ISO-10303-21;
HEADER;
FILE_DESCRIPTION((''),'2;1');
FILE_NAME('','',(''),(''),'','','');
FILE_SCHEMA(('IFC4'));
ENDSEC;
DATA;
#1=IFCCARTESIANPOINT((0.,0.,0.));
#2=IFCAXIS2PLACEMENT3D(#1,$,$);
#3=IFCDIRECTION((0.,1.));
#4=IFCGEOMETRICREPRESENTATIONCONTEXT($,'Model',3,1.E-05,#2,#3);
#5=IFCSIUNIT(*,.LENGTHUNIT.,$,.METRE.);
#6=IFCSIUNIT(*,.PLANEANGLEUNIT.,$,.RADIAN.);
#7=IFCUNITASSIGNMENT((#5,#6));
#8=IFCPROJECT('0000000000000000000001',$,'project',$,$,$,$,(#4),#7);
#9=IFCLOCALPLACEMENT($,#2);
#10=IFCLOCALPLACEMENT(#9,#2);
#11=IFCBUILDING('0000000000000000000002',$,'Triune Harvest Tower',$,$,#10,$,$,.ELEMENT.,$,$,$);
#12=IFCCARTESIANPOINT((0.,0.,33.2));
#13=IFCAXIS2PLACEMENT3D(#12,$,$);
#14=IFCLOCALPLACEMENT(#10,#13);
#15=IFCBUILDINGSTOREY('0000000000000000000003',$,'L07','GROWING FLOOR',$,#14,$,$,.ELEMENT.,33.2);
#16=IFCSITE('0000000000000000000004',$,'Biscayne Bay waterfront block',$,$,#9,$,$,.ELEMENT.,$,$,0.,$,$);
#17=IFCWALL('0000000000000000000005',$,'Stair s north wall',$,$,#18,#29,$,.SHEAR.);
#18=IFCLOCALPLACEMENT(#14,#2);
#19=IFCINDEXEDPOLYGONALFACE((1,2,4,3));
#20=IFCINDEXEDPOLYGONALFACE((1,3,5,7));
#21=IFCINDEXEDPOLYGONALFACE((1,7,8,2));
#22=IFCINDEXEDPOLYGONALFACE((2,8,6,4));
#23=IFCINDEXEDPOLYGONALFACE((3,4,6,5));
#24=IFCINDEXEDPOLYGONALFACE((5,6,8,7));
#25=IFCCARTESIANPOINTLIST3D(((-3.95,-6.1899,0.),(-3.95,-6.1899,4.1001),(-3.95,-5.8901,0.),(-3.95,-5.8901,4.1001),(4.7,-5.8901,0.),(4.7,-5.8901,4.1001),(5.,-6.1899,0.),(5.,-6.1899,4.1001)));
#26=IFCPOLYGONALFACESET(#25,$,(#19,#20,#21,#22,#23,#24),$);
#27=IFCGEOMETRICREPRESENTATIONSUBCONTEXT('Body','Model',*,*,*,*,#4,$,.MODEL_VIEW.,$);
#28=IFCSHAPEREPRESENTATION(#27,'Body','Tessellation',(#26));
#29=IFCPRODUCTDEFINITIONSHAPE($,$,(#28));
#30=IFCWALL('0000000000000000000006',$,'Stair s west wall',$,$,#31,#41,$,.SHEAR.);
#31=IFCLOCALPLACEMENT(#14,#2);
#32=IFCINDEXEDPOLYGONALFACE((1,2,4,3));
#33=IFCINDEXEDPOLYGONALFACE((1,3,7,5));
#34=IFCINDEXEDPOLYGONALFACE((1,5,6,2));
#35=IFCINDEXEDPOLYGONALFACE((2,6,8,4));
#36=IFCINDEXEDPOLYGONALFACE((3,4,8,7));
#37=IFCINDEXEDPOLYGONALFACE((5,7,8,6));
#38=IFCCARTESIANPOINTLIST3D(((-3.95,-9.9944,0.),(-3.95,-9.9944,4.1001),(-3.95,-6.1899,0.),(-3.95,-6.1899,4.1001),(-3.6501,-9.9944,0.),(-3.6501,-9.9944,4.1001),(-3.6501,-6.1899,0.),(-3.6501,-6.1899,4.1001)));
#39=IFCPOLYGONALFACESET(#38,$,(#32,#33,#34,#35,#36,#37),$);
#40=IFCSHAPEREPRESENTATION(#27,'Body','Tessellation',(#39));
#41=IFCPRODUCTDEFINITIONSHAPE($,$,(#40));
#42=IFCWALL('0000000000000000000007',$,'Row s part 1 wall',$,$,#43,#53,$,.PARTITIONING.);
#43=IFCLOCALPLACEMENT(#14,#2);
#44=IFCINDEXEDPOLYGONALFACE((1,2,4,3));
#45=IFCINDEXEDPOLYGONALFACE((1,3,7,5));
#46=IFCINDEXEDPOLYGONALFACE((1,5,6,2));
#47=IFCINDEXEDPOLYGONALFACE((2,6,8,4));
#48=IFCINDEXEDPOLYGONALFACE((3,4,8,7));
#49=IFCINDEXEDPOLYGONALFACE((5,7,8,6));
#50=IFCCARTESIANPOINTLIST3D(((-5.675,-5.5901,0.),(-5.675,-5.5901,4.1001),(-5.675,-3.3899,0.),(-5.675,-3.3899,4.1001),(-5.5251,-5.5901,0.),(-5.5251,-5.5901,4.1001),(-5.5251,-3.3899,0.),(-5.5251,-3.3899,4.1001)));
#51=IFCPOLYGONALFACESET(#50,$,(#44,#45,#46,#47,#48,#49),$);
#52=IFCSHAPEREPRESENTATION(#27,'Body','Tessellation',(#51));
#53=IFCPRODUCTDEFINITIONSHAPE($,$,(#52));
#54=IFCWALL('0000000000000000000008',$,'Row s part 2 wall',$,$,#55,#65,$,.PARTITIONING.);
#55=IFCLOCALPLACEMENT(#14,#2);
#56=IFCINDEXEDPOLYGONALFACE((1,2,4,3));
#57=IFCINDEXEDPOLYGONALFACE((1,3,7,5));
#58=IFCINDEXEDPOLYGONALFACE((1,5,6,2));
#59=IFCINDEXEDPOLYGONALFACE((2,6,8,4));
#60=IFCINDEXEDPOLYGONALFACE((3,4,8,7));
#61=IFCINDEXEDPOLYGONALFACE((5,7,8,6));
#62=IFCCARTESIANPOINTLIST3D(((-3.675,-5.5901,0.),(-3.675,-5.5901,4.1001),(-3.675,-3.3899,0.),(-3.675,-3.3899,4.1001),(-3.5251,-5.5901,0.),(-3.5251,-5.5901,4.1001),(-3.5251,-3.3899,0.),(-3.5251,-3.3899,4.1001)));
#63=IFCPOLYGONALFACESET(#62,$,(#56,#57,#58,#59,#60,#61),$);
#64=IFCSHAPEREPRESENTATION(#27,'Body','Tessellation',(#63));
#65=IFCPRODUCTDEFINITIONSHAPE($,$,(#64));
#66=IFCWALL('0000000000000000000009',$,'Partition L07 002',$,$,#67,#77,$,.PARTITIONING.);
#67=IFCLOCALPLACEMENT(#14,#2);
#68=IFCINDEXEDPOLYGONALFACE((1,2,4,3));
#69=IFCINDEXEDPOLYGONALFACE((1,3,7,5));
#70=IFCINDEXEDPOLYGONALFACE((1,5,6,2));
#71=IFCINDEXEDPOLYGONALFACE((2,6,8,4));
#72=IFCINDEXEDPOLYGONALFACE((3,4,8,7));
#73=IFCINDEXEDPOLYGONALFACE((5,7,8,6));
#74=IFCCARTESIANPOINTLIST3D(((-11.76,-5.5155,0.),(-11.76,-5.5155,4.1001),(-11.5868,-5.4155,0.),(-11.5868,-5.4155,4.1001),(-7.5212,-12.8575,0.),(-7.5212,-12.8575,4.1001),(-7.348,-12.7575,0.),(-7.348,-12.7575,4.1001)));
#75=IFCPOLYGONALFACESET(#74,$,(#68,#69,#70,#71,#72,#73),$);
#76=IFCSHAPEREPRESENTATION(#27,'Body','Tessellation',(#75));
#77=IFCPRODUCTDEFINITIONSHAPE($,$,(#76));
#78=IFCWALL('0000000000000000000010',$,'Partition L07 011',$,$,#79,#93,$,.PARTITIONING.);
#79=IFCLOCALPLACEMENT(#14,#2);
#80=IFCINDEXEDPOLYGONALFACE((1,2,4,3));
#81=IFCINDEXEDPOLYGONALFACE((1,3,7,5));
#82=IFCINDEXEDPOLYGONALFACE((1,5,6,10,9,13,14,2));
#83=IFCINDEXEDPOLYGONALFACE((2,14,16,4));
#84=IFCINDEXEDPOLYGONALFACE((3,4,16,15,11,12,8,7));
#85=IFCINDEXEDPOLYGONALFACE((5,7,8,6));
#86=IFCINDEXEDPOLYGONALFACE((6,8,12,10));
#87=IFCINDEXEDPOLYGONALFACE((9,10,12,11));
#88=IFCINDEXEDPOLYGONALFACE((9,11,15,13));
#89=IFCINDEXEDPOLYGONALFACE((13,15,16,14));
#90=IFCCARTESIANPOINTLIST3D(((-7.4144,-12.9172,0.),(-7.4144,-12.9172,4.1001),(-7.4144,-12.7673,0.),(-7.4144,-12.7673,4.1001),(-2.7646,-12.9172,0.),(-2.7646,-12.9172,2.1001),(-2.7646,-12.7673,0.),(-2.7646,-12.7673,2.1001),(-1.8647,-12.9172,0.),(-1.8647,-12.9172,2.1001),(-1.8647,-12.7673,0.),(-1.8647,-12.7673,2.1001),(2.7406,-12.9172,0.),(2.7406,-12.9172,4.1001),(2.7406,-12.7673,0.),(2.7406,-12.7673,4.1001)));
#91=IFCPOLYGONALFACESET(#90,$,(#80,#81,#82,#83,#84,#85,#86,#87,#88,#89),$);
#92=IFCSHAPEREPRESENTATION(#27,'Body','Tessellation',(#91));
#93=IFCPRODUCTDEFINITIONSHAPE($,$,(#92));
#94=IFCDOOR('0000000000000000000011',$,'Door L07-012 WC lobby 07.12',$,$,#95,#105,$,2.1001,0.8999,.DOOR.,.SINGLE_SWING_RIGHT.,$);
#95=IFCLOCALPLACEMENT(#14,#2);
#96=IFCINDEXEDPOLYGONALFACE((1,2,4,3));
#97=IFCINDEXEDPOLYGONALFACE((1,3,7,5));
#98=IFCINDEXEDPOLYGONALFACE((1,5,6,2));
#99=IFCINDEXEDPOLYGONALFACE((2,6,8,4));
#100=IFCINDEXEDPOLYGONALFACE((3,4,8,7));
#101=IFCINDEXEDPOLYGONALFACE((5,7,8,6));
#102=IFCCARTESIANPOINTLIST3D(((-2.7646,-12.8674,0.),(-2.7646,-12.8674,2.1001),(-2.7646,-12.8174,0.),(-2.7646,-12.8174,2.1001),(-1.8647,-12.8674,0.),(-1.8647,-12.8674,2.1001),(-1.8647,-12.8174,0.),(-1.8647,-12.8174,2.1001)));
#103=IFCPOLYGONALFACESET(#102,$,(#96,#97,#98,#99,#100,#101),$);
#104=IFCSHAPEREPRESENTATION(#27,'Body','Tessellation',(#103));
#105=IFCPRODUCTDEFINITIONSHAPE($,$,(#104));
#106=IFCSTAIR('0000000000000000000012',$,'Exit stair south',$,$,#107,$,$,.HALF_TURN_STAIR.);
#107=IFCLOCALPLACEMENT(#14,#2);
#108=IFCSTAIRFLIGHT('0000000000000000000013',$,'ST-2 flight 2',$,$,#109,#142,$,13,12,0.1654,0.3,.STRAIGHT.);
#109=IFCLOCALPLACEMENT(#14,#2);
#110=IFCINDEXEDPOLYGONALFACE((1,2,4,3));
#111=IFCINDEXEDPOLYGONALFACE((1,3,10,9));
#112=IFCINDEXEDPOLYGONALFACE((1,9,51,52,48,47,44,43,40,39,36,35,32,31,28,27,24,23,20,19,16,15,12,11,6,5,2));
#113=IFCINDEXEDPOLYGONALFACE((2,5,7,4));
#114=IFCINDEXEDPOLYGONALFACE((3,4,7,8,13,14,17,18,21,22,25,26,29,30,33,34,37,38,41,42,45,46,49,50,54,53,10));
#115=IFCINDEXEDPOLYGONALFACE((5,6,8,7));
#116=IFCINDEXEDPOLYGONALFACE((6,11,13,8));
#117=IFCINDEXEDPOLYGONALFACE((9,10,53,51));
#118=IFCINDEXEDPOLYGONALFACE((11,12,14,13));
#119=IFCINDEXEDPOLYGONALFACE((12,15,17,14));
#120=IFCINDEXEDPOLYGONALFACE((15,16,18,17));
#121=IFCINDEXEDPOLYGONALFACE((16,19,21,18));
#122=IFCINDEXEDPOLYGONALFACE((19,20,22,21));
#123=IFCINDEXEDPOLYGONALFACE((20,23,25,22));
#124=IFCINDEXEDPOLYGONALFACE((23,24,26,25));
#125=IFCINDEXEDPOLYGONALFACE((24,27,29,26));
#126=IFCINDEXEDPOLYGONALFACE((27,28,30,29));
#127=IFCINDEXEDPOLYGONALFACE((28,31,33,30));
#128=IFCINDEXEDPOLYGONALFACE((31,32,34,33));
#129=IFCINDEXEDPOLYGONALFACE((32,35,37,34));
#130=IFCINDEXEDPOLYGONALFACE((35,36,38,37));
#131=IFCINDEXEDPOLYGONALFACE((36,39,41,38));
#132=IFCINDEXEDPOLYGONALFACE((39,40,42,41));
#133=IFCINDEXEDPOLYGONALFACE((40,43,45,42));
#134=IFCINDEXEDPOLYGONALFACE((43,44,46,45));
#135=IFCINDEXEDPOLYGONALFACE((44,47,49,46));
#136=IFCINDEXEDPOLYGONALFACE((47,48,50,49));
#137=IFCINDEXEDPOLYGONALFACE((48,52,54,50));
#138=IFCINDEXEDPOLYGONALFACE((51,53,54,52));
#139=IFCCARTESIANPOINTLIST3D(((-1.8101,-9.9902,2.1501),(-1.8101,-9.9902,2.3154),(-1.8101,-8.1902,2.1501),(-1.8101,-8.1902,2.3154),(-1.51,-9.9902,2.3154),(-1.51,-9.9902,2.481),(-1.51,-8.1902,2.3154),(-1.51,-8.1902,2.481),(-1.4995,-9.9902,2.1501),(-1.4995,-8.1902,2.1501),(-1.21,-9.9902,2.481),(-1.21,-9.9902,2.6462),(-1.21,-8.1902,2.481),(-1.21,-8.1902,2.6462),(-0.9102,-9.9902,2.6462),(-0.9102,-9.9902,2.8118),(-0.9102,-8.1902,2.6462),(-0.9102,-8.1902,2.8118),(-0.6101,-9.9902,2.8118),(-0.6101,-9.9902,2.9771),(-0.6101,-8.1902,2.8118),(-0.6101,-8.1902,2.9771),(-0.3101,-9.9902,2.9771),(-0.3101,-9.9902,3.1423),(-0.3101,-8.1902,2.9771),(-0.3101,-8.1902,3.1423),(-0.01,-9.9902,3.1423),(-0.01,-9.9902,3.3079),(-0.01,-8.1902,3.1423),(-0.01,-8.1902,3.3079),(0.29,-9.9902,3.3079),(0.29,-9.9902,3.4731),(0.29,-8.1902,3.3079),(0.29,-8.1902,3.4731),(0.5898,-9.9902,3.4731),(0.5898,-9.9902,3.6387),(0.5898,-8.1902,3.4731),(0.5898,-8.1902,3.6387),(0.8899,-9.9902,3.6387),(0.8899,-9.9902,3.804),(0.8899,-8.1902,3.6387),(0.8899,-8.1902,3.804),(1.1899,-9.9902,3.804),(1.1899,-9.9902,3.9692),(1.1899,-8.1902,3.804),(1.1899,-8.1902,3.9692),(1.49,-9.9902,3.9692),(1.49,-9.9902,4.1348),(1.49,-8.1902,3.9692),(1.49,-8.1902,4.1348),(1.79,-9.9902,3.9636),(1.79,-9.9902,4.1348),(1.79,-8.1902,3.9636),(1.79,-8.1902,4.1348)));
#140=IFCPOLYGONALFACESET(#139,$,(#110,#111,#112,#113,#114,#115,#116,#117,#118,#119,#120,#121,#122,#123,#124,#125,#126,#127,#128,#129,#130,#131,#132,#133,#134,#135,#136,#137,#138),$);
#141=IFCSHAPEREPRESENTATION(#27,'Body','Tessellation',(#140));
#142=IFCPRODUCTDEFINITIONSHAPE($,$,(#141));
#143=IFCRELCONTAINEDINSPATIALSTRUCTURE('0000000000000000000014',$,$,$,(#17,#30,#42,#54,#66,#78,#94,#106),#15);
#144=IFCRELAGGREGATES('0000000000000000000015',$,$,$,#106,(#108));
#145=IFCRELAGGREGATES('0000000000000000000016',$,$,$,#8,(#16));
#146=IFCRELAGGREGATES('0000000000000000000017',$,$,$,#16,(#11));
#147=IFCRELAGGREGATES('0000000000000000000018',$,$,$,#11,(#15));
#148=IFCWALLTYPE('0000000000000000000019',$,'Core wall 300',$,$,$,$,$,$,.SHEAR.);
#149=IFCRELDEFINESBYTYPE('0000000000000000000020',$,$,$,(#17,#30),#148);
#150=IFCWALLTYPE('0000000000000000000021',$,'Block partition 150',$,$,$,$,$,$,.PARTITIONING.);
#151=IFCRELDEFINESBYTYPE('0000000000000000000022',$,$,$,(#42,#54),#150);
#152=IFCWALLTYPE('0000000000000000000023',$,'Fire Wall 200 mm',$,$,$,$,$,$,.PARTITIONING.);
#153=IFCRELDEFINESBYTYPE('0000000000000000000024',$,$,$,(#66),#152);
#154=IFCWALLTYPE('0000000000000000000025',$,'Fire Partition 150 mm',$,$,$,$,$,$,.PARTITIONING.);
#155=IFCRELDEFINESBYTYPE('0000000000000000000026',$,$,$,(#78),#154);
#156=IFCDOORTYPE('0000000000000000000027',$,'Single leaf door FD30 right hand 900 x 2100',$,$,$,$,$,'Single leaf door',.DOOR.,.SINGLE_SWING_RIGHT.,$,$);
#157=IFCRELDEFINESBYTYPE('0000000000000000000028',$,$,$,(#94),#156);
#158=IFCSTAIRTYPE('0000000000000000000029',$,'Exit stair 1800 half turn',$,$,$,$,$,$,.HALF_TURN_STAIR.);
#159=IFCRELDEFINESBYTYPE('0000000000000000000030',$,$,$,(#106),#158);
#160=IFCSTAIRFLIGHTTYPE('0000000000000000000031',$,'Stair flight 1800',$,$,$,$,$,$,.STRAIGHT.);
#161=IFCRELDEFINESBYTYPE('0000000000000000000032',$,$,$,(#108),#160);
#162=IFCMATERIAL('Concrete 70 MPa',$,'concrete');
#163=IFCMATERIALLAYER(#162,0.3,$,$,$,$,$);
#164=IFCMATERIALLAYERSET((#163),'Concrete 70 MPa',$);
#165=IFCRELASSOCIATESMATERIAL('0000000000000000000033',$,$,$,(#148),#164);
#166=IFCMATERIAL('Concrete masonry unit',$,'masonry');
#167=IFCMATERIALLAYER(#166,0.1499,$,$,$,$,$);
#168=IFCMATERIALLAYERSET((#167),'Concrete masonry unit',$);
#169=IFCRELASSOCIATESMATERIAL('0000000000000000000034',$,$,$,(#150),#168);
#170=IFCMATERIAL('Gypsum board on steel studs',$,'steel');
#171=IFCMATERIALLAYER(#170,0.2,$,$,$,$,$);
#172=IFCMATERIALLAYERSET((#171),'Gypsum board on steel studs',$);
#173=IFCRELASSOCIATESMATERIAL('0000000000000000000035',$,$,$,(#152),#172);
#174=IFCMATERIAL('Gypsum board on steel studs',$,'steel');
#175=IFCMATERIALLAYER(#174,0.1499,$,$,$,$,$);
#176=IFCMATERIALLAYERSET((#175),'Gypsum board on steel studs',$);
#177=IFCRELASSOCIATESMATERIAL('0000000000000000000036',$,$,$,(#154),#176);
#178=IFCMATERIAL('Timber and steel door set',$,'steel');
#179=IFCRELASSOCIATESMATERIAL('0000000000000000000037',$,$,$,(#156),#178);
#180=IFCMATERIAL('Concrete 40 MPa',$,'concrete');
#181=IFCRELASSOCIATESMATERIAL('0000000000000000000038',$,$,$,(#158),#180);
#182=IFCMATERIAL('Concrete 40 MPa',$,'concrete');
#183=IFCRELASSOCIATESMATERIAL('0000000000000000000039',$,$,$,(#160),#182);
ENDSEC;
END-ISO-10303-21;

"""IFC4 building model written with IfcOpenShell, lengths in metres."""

from ifc_helpers import new_model, si_unit, direction, frame, frame_2d, origin, place, context, subcontext, project, spatial, polyline, rectangle, outline, extrude, source, transform, mapped, material, layer, layer_set, type_object, element, fill, aggregate, save


model = new_model("IFC4")

# Units and contexts
model_context = context("Model", 3, precision=1e-05, world=origin(), true_north=direction((0.0, 1.0)))
body_context = subcontext(model_context, "Body", "Model", "MODEL_VIEW")
ifc_project = project(units=[si_unit("LENGTHUNIT", "METRE"), si_unit("PLANEANGLEUNIT", "RADIAN")], contexts=[model_context])

# Site, building, storey
site_placement = place(None, origin())
site = spatial("IfcSite", under=ifc_project, at=site_placement, Name="Biscayne Bay waterfront block", CompositionType="ELEMENT", RefElevation=0.0)
building_placement = place(site_placement, origin())
building = spatial("IfcBuilding", under=site, at=building_placement, Name="Triune Harvest Tower", CompositionType="ELEMENT")
storey_placement = place(building_placement, frame((0.0, 0.0, 33.2)))
storey = spatial("IfcBuildingStorey", under=building, at=storey_placement, Name="L07", Description="GROWING FLOOR", CompositionType="ELEMENT", Elevation=33.2)

# Shared definitions
ifc_material_1 = material(Name="Concrete 70 MPa", Category="concrete")
ifc_layer_1 = layer(ifc_material_1, 0.3)
ifc_layer_set_1 = layer_set([ifc_layer_1], Name="Concrete 70 MPa")
wall_type_1 = type_object("IfcWallType", Name="Core wall 300", PredefinedType="SHEAR", material=ifc_layer_set_1)

# Walls
shared_shape_1 = source(origin(), body_context, "Body", "SweptSolid", [
    extrude(outline(polyline([(0.0, -0.1499), (8.95, -0.1499), (8.6499, 0.1499), (0.0, 0.1499), (0.0, -0.1499)])), origin(), (0.0, 0.0, 1.0), 4.1001),
])
wall_1_placement = place(storey_placement, frame((-3.95, -6.04, 0.0), z_axis=(0.0, 0.0, 1.0), x_axis=(1.0, 0.0, 0.0)))
element("IfcWall", 1, at=wall_1_placement, inside=storey, type_object=wall_type_1, Name="Stair s north wall", PredefinedType="SHEAR", context=body_context, shape_type="MappedRepresentation", body=[
    mapped(shared_shape_1, transform((0.0, 0.0, 0.0), scale=1.0)),
])
shared_shape_2 = source(origin(), body_context, "Body", "SweptSolid", [
    extrude(outline(polyline([(3.8, -0.1499), (-0.0044, -0.1499), (-0.0044, 0.1499), (3.8, 0.1499), (3.8, -0.1499)])), origin(), (0.0, 0.0, 1.0), 4.1001),
])
wall_2_placement = place(storey_placement, frame((-3.8, -9.99, 0.0), z_axis=(0.0, 0.0, 1.0), x_axis=(0.0, 1.0, 0.0)))
element("IfcWall", 2, at=wall_2_placement, inside=storey, type_object=wall_type_1, Name="Stair s west wall", PredefinedType="SHEAR", context=body_context, shape_type="MappedRepresentation", body=[
    mapped(shared_shape_2, transform((0.0, 0.0, 0.0), scale=1.0)),
])
ifc_material_2 = material(Name="Concrete masonry unit", Category="masonry")
ifc_layer_2 = layer(ifc_material_2, 0.1499)
ifc_layer_set_2 = layer_set([ifc_layer_2], Name="Concrete masonry unit")
wall_type_2 = type_object("IfcWallType", Name="Block partition 150", PredefinedType="PARTITIONING", material=ifc_layer_set_2)
shared_shape_3 = source(origin(), body_context, "Body", "SweptSolid", [
    extrude(rectangle(XDim=2.2002, YDim=0.1499, at=frame_2d((1.1001, 0.0))), origin(), (0.0, 0.0, 1.0), 4.1001),
])
for number, where, z_axis, x_axis, name in (
    (3, (-5.6001, -5.5901, 0.0), (0.0, 0.0, 1.0), (0.0, 1.0, 0.0), "Row s part 1 wall"),
    (4, (-3.6001, -5.5901, 0.0), (0.0, 0.0, 1.0), (0.0, 1.0, 0.0), "Row s part 2 wall"),
):
    element("IfcWall", number, at=place(storey_placement, frame(where, z_axis=z_axis, x_axis=x_axis)), inside=storey, type_object=wall_type_2, Name=name, PredefinedType="PARTITIONING", context=body_context, shape_type="MappedRepresentation", body=[
        mapped(shared_shape_3, transform((0.0, 0.0, 0.0), scale=1.0)),
    ])
ifc_material_3 = material(Name="Gypsum board on steel studs", Category="steel")
ifc_layer_3 = layer(ifc_material_3, 0.2)
ifc_layer_set_3 = layer_set([ifc_layer_3], Name="Gypsum board on steel studs")
wall_type_3 = type_object("IfcWallType", Name="Fire Wall 200 mm", PredefinedType="PARTITIONING", material=ifc_layer_set_3)
shared_shape_4 = source(origin(), body_context, "Body", "SweptSolid", [
    extrude(rectangle(XDim=8.4778, YDim=0.2, at=frame_2d((4.2388, 0.0))), origin(), (0.0, 0.0, 1.0), 4.1001),
])
wall_3_placement = place(storey_placement, frame((-11.6733, -5.4656, 0.0), z_axis=(0.0, 0.0, 1.0), x_axis=(0.499986, -0.866034, 0.0)))
element("IfcWall", 5, at=wall_3_placement, inside=storey, type_object=wall_type_3, Name="Partition L07 002", PredefinedType="PARTITIONING", context=body_context, shape_type="MappedRepresentation", body=[
    mapped(shared_shape_4, transform((0.0, 0.0, 0.0), scale=1.0)),
])

# Wall, opening, door
ifc_material_4 = material(Name="Gypsum board on steel studs", Category="steel")
ifc_layer_4 = layer(ifc_material_4, 0.1499)
ifc_layer_set_4 = layer_set([ifc_layer_4], Name="Gypsum board on steel studs")
wall_type_4 = type_object("IfcWallType", Name="Fire Partition 150 mm", PredefinedType="PARTITIONING", material=ifc_layer_set_4)
shared_shape_5 = source(origin(), body_context, "Body", "SweptSolid", [
    extrude(rectangle(XDim=10.155, YDim=0.1499, at=frame_2d((5.0776, 0.0))), origin(), (0.0, 0.0, 1.0), 4.1001),
])
wall_4_placement = place(storey_placement, frame((-7.4146, -12.8423, 0.0), z_axis=(0.0, 0.0, 1.0), x_axis=(1.0, 0.0, 0.0)))
wall_4 = element("IfcWall", 6, at=wall_4_placement, inside=storey, type_object=wall_type_4, Name="Partition L07 011", PredefinedType="PARTITIONING", context=body_context, shape_type="MappedRepresentation", body=[
    mapped(shared_shape_5, transform((0.0, 0.0, 0.0), scale=1.0)),
])
opening_1_placement = place(wall_4_placement, frame((4.6499, 0.0, 0.0)))
opening_1 = element("IfcOpeningElement", 7, at=opening_1_placement, cuts=wall_4, PredefinedType="OPENING", context=body_context, shape_type="SweptSolid", body=[
    extrude(rectangle(XDim=0.8999, YDim=2.1001, at=frame_2d((0.45, 1.05))), frame((0.0, 0.085, 0.0), z_axis=(0.0, -1.0, 0.0), x_axis=(1.0, 0.0, 0.0)), (0.0, 0.0, 1.0), 0.1699),
])
ifc_material_5 = material(Name="Timber and steel door set", Category="steel")
door_type_1 = type_object("IfcDoorType", Name="Single leaf door FD30 right hand 900 x 2100", ElementType="Single leaf door", OperationType="SINGLE_SWING_RIGHT", PredefinedType="DOOR", material=ifc_material_5)
door_1_placement = place(opening_1_placement, origin())
door_1 = element("IfcDoor", 8, at=door_1_placement, inside=storey, type_object=door_type_1, Name="Door L07-012 WC lobby 07.12", OperationType="SINGLE_SWING_RIGHT", OverallHeight=2.1001, OverallWidth=0.8999, PredefinedType="DOOR", context=body_context, shape_type="SweptSolid", body=[
    extrude(rectangle(XDim=0.8999, YDim=2.1001, at=frame_2d((0.45, 1.05))), frame((0.0, 0.0249, 0.0), z_axis=(0.0, -1.0, 0.0), x_axis=(1.0, 0.0, 0.0)), (0.0, 0.0, 1.0), 0.05),
])
fill(opening_1, door_1)

# Stair, stair flight
ifc_material_6 = material(Name="Concrete 40 MPa", Category="concrete")
stair_type = type_object("IfcStairType", Name="Exit stair 1800 half turn", PredefinedType="HALF_TURN_STAIR", material=ifc_material_6)
stair_placement = place(storey_placement, origin())
stair = element("IfcStair", 9, at=stair_placement, inside=storey, type_object=stair_type, Name="Exit stair south", PredefinedType="HALF_TURN_STAIR")
ifc_material_7 = material(Name="Concrete 40 MPa", Category="concrete")
stair_flight_type = type_object("IfcStairFlightType", Name="Stair flight 1800", PredefinedType="STRAIGHT", material=ifc_material_7)
shared_shape_6 = source(origin(), body_context, "Body", "SweptSolid", [
    extrude(outline(polyline([(0.0, 0.0), (0.0, 0.1653), (0.3, 0.1653), (0.3, 0.3308), (0.6001, 0.3308), (0.6001, 0.4961), (0.8999, 0.4961), (0.8999, 0.6616), (1.2, 0.6616), (1.2, 0.8269), (1.5, 0.8269), (1.5, 0.9922), (1.8, 0.9922), (1.8, 1.1577), (2.1001, 1.1577), (2.1001, 1.323), (2.3999, 1.323), (2.3999, 1.4885), (2.7, 1.4885), (2.7, 1.6538), (3.0, 1.6538), (3.0, 1.8191), (3.3, 1.8191), (3.3, 1.9846), (3.6001, 1.9846), (3.6001, 2.1499), (3.6001, 1.8135), (0.3105, 0.0), (0.0, 0.0)])), frame((0.0, 0.8999, 0.0), z_axis=(0.0, -1.0, 0.0), x_axis=(1.0, 0.0, 0.0)), (0.0, 0.0, 1.0), 1.8),
])
stair_flight_placement = place(storey_placement, frame((-1.8101, -9.0901, 2.1501), z_axis=(0.0, 0.0, 1.0), x_axis=(1.0, 0.0, 0.0)))
stair_flight = element("IfcStairFlight", 10, at=stair_flight_placement, type_object=stair_flight_type, Name="ST-2 flight 2", NumberOfRisers=13, NumberOfTreads=12, PredefinedType="STRAIGHT", RiserHeight=0.1654, TreadLength=0.3, context=body_context, shape_type="MappedRepresentation", body=[
    mapped(shared_shape_6, transform((0.0, 0.0, 0.0), scale=1.0)),
])
aggregate(stair, [stair_flight])

save(model, "model.ifc")
